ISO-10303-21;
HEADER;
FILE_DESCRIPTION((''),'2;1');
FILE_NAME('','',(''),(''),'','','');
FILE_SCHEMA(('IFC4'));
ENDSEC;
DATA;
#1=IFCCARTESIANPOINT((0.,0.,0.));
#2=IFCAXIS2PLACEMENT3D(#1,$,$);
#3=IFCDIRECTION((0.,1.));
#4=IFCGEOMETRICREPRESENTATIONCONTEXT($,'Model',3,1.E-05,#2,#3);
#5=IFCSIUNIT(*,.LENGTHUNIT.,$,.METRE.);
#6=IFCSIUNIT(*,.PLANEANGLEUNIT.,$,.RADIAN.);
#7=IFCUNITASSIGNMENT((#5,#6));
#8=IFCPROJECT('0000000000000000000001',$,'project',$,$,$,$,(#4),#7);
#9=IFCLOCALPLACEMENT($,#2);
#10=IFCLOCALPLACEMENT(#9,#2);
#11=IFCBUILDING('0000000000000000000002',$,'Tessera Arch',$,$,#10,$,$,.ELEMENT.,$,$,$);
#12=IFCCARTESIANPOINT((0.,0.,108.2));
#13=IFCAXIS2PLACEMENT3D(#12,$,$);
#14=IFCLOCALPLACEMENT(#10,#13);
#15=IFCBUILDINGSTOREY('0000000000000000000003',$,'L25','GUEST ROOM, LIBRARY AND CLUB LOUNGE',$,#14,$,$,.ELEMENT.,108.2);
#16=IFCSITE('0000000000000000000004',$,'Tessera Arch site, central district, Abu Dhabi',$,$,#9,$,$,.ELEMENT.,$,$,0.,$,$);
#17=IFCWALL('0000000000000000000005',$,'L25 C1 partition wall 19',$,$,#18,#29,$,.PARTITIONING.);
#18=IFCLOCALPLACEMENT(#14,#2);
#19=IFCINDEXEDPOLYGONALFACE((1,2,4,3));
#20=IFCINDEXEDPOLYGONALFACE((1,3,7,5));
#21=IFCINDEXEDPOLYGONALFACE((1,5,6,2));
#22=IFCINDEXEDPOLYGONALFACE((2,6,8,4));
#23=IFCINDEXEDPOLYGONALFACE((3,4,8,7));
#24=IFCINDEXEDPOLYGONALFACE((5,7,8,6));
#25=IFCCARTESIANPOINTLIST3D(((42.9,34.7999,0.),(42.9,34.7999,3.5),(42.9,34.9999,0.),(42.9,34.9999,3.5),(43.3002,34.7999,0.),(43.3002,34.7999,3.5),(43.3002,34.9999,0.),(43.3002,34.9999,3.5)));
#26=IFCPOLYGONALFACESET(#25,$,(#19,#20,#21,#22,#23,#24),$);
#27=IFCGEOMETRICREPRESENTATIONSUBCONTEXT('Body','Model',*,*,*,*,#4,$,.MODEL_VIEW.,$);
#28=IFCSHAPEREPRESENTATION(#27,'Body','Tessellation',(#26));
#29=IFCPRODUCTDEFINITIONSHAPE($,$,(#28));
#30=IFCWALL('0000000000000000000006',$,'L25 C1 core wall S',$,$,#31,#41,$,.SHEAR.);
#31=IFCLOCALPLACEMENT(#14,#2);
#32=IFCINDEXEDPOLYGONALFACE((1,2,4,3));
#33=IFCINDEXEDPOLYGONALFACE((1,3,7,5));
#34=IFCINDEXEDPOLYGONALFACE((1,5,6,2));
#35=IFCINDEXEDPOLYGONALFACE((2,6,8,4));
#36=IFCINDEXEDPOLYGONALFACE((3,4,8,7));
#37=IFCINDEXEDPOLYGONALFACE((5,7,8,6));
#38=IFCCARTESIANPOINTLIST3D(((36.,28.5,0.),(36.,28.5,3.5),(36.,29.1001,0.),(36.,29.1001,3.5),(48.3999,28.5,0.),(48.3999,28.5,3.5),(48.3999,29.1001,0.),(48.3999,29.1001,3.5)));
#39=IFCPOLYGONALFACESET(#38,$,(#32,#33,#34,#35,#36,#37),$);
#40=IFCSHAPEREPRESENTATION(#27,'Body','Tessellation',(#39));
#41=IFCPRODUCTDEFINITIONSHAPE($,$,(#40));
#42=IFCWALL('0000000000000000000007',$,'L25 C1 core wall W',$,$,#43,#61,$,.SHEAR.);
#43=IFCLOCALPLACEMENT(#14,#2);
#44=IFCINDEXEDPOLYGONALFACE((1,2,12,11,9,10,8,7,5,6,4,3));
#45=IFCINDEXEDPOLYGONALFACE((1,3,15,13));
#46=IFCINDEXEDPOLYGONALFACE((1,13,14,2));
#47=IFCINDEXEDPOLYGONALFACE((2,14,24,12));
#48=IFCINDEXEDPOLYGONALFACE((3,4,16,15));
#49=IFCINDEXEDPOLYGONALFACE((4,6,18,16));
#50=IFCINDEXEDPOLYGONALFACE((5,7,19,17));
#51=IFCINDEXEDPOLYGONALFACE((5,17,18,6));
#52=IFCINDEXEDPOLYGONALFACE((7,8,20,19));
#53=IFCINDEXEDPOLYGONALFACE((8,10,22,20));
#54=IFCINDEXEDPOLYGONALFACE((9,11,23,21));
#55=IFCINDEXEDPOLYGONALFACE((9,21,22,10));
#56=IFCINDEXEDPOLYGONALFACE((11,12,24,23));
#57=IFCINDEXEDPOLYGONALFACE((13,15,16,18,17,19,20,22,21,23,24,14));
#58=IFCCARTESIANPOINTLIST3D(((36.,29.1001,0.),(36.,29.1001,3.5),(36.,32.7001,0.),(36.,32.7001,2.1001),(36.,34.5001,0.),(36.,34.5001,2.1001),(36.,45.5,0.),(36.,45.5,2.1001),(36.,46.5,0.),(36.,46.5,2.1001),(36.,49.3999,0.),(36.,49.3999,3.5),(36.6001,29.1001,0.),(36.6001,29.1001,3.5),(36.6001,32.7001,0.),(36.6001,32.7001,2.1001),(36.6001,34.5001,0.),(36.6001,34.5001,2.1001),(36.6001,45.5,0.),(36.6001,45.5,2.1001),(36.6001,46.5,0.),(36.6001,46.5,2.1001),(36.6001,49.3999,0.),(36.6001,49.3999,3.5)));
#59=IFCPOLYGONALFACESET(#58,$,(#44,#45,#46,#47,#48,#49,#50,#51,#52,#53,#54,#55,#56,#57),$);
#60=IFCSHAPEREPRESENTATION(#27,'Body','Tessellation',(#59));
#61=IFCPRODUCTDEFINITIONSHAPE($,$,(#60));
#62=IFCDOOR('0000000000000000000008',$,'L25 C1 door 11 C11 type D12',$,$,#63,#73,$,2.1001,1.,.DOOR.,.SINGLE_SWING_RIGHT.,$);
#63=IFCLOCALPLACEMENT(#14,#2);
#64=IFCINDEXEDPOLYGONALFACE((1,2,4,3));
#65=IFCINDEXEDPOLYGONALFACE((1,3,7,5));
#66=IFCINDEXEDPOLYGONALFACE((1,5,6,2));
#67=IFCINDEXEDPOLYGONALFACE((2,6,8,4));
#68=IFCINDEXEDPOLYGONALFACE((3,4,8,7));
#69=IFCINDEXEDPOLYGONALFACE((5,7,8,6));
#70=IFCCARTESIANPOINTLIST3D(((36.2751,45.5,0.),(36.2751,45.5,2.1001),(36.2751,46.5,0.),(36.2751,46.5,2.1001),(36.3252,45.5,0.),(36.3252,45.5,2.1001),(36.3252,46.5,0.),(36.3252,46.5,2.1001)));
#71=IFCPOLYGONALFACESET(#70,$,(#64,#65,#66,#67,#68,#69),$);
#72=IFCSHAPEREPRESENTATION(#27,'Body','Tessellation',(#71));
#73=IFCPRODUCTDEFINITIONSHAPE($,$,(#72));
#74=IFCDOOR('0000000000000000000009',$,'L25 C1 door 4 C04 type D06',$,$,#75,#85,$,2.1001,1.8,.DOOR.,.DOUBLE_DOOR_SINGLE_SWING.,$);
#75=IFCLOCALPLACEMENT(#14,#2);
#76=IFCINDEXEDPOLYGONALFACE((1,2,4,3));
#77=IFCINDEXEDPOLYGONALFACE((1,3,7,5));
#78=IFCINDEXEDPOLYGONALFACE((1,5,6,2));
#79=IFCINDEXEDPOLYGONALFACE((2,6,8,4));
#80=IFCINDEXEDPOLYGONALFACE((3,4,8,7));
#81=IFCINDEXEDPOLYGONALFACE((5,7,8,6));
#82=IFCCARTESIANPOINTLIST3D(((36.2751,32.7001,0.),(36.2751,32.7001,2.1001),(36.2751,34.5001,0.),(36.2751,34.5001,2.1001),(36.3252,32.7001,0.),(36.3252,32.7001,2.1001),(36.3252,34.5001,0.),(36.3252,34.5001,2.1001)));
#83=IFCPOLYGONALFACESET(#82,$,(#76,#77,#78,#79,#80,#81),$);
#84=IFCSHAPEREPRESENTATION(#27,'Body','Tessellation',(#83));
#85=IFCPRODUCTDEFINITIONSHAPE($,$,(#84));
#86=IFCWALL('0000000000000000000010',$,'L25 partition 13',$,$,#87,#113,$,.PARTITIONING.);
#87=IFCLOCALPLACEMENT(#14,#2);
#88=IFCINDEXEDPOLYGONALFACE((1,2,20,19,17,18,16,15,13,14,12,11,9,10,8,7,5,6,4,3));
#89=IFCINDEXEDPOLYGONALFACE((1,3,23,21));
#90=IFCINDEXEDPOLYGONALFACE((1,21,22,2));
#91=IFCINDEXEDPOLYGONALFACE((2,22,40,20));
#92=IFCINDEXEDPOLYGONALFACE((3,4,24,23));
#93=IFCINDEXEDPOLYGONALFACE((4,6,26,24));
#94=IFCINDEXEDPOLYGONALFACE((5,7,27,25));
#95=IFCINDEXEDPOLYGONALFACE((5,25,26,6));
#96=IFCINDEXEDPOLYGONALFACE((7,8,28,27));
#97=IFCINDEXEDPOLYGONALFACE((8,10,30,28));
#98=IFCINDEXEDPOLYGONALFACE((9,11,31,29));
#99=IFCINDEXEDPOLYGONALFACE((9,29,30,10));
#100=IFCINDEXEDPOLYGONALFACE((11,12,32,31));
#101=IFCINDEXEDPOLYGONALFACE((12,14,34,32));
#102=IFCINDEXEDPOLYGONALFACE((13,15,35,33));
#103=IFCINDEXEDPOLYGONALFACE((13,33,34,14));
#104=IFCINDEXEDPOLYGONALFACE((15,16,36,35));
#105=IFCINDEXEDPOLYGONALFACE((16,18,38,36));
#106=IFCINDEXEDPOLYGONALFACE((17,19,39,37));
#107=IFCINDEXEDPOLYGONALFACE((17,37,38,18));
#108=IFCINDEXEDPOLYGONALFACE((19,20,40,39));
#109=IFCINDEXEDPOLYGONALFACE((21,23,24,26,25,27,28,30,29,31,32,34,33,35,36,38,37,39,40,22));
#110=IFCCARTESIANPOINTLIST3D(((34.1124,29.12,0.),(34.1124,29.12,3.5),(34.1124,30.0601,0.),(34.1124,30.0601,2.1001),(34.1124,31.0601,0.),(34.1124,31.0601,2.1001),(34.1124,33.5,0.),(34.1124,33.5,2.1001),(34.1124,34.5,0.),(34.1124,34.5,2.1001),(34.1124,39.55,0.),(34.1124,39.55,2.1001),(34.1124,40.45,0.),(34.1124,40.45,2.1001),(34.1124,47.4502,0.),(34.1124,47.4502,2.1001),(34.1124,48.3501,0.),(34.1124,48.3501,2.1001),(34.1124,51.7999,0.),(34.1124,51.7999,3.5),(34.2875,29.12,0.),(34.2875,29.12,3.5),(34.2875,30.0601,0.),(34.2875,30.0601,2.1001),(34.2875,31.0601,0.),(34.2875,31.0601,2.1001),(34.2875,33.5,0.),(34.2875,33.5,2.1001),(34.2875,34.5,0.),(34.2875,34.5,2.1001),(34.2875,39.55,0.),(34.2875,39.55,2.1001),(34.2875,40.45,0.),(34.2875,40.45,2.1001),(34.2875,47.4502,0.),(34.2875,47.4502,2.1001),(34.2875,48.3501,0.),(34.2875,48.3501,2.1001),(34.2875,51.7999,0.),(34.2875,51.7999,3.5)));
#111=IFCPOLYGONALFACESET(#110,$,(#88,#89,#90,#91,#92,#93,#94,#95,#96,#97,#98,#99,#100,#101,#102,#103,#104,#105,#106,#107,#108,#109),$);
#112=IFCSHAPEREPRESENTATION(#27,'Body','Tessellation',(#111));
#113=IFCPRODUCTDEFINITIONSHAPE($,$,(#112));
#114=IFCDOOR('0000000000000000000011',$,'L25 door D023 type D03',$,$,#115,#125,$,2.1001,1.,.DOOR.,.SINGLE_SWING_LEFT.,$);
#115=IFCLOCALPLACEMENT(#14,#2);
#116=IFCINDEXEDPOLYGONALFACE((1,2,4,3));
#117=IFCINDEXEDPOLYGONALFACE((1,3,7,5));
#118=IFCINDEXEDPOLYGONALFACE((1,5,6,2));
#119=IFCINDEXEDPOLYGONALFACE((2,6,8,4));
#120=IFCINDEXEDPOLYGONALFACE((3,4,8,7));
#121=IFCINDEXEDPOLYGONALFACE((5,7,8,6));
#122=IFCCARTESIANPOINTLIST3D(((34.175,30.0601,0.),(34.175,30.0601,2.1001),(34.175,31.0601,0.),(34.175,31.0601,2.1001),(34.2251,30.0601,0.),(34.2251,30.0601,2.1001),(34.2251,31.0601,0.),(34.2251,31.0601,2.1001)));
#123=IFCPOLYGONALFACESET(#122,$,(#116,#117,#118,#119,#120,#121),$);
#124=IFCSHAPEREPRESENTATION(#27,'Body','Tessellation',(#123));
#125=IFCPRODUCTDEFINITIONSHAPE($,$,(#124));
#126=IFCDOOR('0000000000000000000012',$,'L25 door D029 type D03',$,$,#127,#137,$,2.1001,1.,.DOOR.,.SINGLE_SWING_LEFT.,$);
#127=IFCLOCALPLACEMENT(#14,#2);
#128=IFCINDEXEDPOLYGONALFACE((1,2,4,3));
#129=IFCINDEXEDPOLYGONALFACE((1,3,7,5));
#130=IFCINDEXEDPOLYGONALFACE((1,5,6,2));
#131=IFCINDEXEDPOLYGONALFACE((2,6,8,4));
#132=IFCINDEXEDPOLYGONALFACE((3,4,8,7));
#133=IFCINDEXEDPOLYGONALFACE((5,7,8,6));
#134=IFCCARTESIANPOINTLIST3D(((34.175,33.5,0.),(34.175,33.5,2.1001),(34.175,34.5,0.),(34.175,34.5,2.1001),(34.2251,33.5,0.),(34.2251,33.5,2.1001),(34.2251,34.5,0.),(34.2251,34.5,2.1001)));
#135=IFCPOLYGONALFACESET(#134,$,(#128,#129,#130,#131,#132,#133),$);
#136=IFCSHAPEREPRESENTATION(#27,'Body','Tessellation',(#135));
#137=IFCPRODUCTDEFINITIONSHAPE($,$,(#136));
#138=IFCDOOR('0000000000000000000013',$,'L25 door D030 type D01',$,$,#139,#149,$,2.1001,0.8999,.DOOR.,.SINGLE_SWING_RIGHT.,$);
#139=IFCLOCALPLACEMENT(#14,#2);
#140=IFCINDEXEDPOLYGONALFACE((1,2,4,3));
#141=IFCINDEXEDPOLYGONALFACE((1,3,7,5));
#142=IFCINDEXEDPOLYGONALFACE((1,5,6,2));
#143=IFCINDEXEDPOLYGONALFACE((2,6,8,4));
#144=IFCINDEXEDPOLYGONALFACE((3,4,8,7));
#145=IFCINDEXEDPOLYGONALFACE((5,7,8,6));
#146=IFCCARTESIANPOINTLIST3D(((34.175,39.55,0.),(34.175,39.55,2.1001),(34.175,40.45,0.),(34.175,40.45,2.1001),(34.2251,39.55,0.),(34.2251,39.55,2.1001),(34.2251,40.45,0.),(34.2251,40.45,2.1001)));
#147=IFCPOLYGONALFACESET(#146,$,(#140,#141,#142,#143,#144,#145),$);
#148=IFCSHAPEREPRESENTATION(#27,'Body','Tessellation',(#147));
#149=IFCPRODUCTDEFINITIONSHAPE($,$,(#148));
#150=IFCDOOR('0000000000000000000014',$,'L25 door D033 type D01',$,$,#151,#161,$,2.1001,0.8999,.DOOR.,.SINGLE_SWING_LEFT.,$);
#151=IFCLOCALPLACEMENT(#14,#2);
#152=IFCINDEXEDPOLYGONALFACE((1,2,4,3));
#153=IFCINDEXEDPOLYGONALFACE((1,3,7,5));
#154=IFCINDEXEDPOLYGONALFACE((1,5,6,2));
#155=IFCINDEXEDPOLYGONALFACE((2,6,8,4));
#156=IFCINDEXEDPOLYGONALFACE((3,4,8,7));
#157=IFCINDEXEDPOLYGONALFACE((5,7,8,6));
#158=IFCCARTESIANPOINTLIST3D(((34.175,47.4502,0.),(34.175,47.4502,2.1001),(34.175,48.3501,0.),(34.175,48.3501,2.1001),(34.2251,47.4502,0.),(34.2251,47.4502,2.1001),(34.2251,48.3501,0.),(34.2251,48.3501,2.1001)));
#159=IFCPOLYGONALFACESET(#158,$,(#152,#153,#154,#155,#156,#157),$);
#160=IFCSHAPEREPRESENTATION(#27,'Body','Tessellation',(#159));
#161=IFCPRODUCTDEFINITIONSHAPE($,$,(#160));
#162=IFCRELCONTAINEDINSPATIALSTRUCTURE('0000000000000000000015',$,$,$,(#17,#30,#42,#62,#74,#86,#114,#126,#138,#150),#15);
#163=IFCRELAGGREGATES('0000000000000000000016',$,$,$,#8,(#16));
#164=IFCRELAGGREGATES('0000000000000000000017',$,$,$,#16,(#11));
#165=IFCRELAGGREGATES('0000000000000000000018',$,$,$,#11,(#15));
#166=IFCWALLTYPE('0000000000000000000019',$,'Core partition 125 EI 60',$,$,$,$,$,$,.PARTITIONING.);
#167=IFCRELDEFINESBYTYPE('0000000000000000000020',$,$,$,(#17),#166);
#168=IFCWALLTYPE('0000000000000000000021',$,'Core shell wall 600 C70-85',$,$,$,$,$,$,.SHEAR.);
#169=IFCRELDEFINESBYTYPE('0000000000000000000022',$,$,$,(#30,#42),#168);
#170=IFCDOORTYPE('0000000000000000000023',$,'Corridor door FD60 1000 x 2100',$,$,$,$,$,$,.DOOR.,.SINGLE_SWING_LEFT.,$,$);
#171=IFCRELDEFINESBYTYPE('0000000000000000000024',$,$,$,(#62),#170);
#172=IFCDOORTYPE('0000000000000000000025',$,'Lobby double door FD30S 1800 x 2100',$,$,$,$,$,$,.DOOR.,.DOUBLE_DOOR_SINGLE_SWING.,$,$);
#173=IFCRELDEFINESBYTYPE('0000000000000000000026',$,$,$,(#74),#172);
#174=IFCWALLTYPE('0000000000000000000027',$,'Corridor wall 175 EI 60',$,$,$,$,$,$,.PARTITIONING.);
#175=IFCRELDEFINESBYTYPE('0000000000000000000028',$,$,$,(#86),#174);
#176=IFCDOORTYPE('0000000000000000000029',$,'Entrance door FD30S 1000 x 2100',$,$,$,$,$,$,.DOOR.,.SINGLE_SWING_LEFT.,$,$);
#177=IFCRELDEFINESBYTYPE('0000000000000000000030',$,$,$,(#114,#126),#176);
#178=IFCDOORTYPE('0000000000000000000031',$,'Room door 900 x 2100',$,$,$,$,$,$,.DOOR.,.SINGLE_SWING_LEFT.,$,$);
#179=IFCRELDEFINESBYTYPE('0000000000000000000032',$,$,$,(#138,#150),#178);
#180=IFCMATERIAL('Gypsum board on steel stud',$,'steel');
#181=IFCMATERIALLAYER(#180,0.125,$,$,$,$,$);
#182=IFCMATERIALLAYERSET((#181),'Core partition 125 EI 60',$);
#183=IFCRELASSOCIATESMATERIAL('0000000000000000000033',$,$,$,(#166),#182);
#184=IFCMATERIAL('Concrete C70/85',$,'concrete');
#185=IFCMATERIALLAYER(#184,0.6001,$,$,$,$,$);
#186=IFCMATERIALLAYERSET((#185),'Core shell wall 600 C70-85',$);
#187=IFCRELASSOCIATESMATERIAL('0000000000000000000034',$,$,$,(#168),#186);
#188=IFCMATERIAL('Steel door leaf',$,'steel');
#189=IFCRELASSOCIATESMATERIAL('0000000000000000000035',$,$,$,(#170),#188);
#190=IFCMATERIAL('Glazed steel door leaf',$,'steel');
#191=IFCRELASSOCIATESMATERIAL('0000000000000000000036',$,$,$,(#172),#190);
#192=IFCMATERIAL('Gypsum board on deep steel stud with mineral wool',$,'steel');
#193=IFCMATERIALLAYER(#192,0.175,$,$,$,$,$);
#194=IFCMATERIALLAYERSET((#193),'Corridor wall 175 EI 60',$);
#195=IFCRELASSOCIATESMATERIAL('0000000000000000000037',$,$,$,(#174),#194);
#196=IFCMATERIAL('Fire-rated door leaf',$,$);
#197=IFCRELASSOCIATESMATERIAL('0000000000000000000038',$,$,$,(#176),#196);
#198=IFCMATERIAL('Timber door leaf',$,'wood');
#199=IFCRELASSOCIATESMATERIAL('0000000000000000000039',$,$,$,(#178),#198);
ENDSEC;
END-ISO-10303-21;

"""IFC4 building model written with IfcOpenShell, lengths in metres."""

from ifc_helpers import new_model, si_unit, direction, frame, frame_2d, origin, place, context, subcontext, project, spatial, rectangle, extrude, material, layer, layer_set, type_object, element, fill, save


model = new_model("IFC4")

# Units and contexts
model_context = context("Model", 3, precision=1e-05, world=origin(), true_north=direction((0.0, 1.0)))
body_context = subcontext(model_context, "Body", "Model", "MODEL_VIEW")
ifc_project = project(units=[si_unit("LENGTHUNIT", "METRE"), si_unit("PLANEANGLEUNIT", "RADIAN")], contexts=[model_context])

# Site, building, storey
site_placement = place(None, origin())
site = spatial("IfcSite", under=ifc_project, at=site_placement, Name="Tessera Arch site, central district, Abu Dhabi", CompositionType="ELEMENT", RefElevation=0.0)
building_placement = place(site_placement, origin())
building = spatial("IfcBuilding", under=site, at=building_placement, Name="Tessera Arch", CompositionType="ELEMENT")
storey_placement = place(building_placement, frame((0.0, 0.0, 108.2)))
storey = spatial("IfcBuildingStorey", under=building, at=storey_placement, Name="L25", Description="GUEST ROOM, LIBRARY AND CLUB LOUNGE", CompositionType="ELEMENT", Elevation=108.2)

# Walls
ifc_material_1 = material(Name="Gypsum board on steel stud", Category="steel")
ifc_layer_1 = layer(ifc_material_1, 0.125)
ifc_layer_set_1 = layer_set([ifc_layer_1], Name="Core partition 125 EI 60")
wall_type_1 = type_object("IfcWallType", Name="Core partition 125 EI 60", PredefinedType="PARTITIONING", material=ifc_layer_set_1)
wall_1_placement = place(storey_placement, frame((42.8999, 34.8999, 0.0), z_axis=(0.0, 0.0, 1.0), x_axis=(1.0, 0.0, 0.0)))
element("IfcWall", 1, at=wall_1_placement, inside=storey, type_object=wall_type_1, Name="L25 C1 partition wall 19", PredefinedType="PARTITIONING", context=body_context, shape_type="SweptSolid", body=[
    extrude(rectangle(XDim=0.4001, YDim=0.2, at=frame_2d((0.2002, 0.0))), origin(), (0.0, 0.0, 1.0), 3.5),
])
ifc_material_2 = material(Name="Concrete C70/85", Category="concrete")
ifc_layer_2 = layer(ifc_material_2, 0.6001)
ifc_layer_set_2 = layer_set([ifc_layer_2], Name="Core shell wall 600 C70-85")
wall_type_2 = type_object("IfcWallType", Name="Core shell wall 600 C70-85", PredefinedType="SHEAR", material=ifc_layer_set_2)
wall_2_placement = place(storey_placement, frame((36.0, 28.8, 0.0), z_axis=(0.0, 0.0, 1.0), x_axis=(1.0, 0.0, 0.0)))
element("IfcWall", 2, at=wall_2_placement, inside=storey, type_object=wall_type_2, Name="L25 C1 core wall S", PredefinedType="SHEAR", context=body_context, shape_type="SweptSolid", body=[
    extrude(rectangle(XDim=12.3999, YDim=0.6001, at=frame_2d((6.2, 0.0))), origin(), (0.0, 0.0, 1.0), 3.5),
])

# Walls, openings, doors
wall_3_placement = place(storey_placement, frame((36.3, 29.1001, 0.0), z_axis=(0.0, 0.0, 1.0), x_axis=(0.0, 1.0, 0.0)))
wall_3 = element("IfcWall", 3, at=wall_3_placement, inside=storey, type_object=wall_type_2, Name="L25 C1 core wall W", PredefinedType="SHEAR", context=body_context, shape_type="SweptSolid", body=[
    extrude(rectangle(XDim=20.2998, YDim=0.6001, at=frame_2d((10.1499, 0.0))), origin(), (0.0, 0.0, 1.0), 3.5),
])
opening_1_placement = place(wall_3_placement, frame((3.6001, 0.0, 0.0)))
opening_1 = element("IfcOpeningElement", 4, at=opening_1_placement, cuts=wall_3, PredefinedType="OPENING", context=body_context, shape_type="SweptSolid", body=[
    extrude(rectangle(XDim=1.8, YDim=2.1001, at=frame_2d((0.8999, 1.05))), frame((0.0, 0.3101, 0.0), z_axis=(0.0, -1.0, 0.0), x_axis=(1.0, 0.0, 0.0)), (0.0, 0.0, 1.0), 0.6201),
])
opening_2_placement = place(wall_3_placement, frame((16.3999, 0.0, 0.0)))
opening_2 = element("IfcOpeningElement", 5, at=opening_2_placement, cuts=wall_3, PredefinedType="OPENING", context=body_context, shape_type="SweptSolid", body=[
    extrude(rectangle(XDim=1.0, YDim=2.1001, at=frame_2d((0.5, 1.05))), frame((0.0, 0.3101, 0.0), z_axis=(0.0, -1.0, 0.0), x_axis=(1.0, 0.0, 0.0)), (0.0, 0.0, 1.0), 0.6201),
])
ifc_material_3 = material(Name="Steel door leaf", Category="steel")
door_type_1 = type_object("IfcDoorType", Name="Corridor door FD60 1000 x 2100", OperationType="SINGLE_SWING_LEFT", PredefinedType="DOOR", material=ifc_material_3)
door_1_placement = place(opening_2_placement, origin())
door_1 = element("IfcDoor", 6, at=door_1_placement, inside=storey, type_object=door_type_1, Name="L25 C1 door 11 C11 type D12", OperationType="SINGLE_SWING_RIGHT", OverallHeight=2.1001, OverallWidth=1.0, PredefinedType="DOOR", context=body_context, shape_type="SweptSolid", body=[
    extrude(rectangle(XDim=1.0, YDim=2.1001, at=frame_2d((0.5, 1.05))), frame((0.0, 0.0249, 0.0), z_axis=(0.0, -1.0, 0.0), x_axis=(1.0, 0.0, 0.0)), (0.0, 0.0, 1.0), 0.05),
])
fill(opening_2, door_1)
ifc_material_4 = material(Name="Glazed steel door leaf", Category="steel")
door_type_2 = type_object("IfcDoorType", Name="Lobby double door FD30S 1800 x 2100", OperationType="DOUBLE_DOOR_SINGLE_SWING", PredefinedType="DOOR", material=ifc_material_4)
door_2_placement = place(opening_1_placement, origin())
door_2 = element("IfcDoor", 7, at=door_2_placement, inside=storey, type_object=door_type_2, Name="L25 C1 door 4 C04 type D06", OperationType="DOUBLE_DOOR_SINGLE_SWING", OverallHeight=2.1001, OverallWidth=1.8, PredefinedType="DOOR", context=body_context, shape_type="SweptSolid", body=[
    extrude(rectangle(XDim=1.8, YDim=2.1001, at=frame_2d((0.8999, 1.05))), frame((0.0, 0.0249, 0.0), z_axis=(0.0, -1.0, 0.0), x_axis=(1.0, 0.0, 0.0)), (0.0, 0.0, 1.0), 0.05),
])
fill(opening_1, door_2)
ifc_material_5 = material(Name="Gypsum board on deep steel stud with mineral wool", Category="steel")
ifc_layer_3 = layer(ifc_material_5, 0.175)
ifc_layer_set_3 = layer_set([ifc_layer_3], Name="Corridor wall 175 EI 60")
wall_type_3 = type_object("IfcWallType", Name="Corridor wall 175 EI 60", PredefinedType="PARTITIONING", material=ifc_layer_set_3)
wall_4_placement = place(storey_placement, frame((34.2, 29.1201, 0.0), z_axis=(0.0, 0.0, 1.0), x_axis=(0.0, 1.0, 0.0)))
wall_4 = element("IfcWall", 8, at=wall_4_placement, inside=storey, type_object=wall_type_3, Name="L25 partition 13", PredefinedType="PARTITIONING", context=body_context, shape_type="SweptSolid", body=[
    extrude(rectangle(XDim=22.6799, YDim=0.175, at=frame_2d((11.3398, 0.0))), origin(), (0.0, 0.0, 1.0), 3.5),
])
opening_3_placement = place(wall_4_placement, frame((0.9399, 0.0, 0.0)))
opening_3 = element("IfcOpeningElement", 9, at=opening_3_placement, cuts=wall_4, PredefinedType="OPENING", context=body_context, shape_type="SweptSolid", body=[
    extrude(rectangle(XDim=1.0, YDim=2.1001, at=frame_2d((0.5, 1.05))), frame((0.0, 0.0974, 0.0), z_axis=(0.0, -1.0, 0.0), x_axis=(1.0, 0.0, 0.0)), (0.0, 0.0, 1.0), 0.1951),
])
opening_4_placement = place(wall_4_placement, frame((4.3799, 0.0, 0.0)))
opening_4 = element("IfcOpeningElement", 10, at=opening_4_placement, cuts=wall_4, PredefinedType="OPENING", context=body_context, shape_type="SweptSolid", body=[
    extrude(rectangle(XDim=1.0, YDim=2.1001, at=frame_2d((0.5, 1.05))), frame((0.0, 0.0974, 0.0), z_axis=(0.0, -1.0, 0.0), x_axis=(1.0, 0.0, 0.0)), (0.0, 0.0, 1.0), 0.1951),
])
opening_5_placement = place(wall_4_placement, frame((10.4299, 0.0, 0.0)))
opening_5 = element("IfcOpeningElement", 11, at=opening_5_placement, cuts=wall_4, PredefinedType="OPENING", context=body_context, shape_type="SweptSolid", body=[
    extrude(rectangle(XDim=0.8999, YDim=2.1001, at=frame_2d((0.45, 1.05))), frame((0.0, 0.0974, 0.0), z_axis=(0.0, -1.0, 0.0), x_axis=(1.0, 0.0, 0.0)), (0.0, 0.0, 1.0), 0.1951),
])
opening_6_placement = place(wall_4_placement, frame((18.3301, 0.0, 0.0)))
opening_6 = element("IfcOpeningElement", 12, at=opening_6_placement, cuts=wall_4, PredefinedType="OPENING", context=body_context, shape_type="SweptSolid", body=[
    extrude(rectangle(XDim=0.8999, YDim=2.1001, at=frame_2d((0.45, 1.05))), frame((0.0, 0.0974, 0.0), z_axis=(0.0, -1.0, 0.0), x_axis=(1.0, 0.0, 0.0)), (0.0, 0.0, 1.0), 0.1951),
])
ifc_material_6 = material(Name="Fire-rated door leaf")
door_type_3 = type_object("IfcDoorType", Name="Entrance door FD30S 1000 x 2100", OperationType="SINGLE_SWING_LEFT", PredefinedType="DOOR", material=ifc_material_6)
door_3_placement = place(opening_3_placement, origin())
door_3 = element("IfcDoor", 13, at=door_3_placement, inside=storey, type_object=door_type_3, Name="L25 door D023 type D03", OperationType="SINGLE_SWING_LEFT", OverallHeight=2.1001, OverallWidth=1.0, PredefinedType="DOOR", context=body_context, shape_type="SweptSolid", body=[
    extrude(rectangle(XDim=1.0, YDim=2.1001, at=frame_2d((0.5, 1.05))), frame((0.0, 0.0249, 0.0), z_axis=(0.0, -1.0, 0.0), x_axis=(1.0, 0.0, 0.0)), (0.0, 0.0, 1.0), 0.05),
])
fill(opening_3, door_3)
door_4_placement = place(opening_4_placement, origin())
door_4 = element("IfcDoor", 14, at=door_4_placement, inside=storey, type_object=door_type_3, Name="L25 door D029 type D03", OperationType="SINGLE_SWING_LEFT", OverallHeight=2.1001, OverallWidth=1.0, PredefinedType="DOOR", context=body_context, shape_type="SweptSolid", body=[
    extrude(rectangle(XDim=1.0, YDim=2.1001, at=frame_2d((0.5, 1.05))), frame((0.0, 0.0249, 0.0), z_axis=(0.0, -1.0, 0.0), x_axis=(1.0, 0.0, 0.0)), (0.0, 0.0, 1.0), 0.05),
])
fill(opening_4, door_4)
ifc_material_7 = material(Name="Timber door leaf", Category="wood")
door_type_4 = type_object("IfcDoorType", Name="Room door 900 x 2100", OperationType="SINGLE_SWING_LEFT", PredefinedType="DOOR", material=ifc_material_7)
door_5_placement = place(opening_5_placement, origin())
door_5 = element("IfcDoor", 15, at=door_5_placement, inside=storey, type_object=door_type_4, Name="L25 door D030 type D01", OperationType="SINGLE_SWING_RIGHT", OverallHeight=2.1001, OverallWidth=0.8999, PredefinedType="DOOR", context=body_context, shape_type="SweptSolid", body=[
    extrude(rectangle(XDim=0.8999, YDim=2.1001, at=frame_2d((0.45, 1.05))), frame((0.0, 0.0249, 0.0), z_axis=(0.0, -1.0, 0.0), x_axis=(1.0, 0.0, 0.0)), (0.0, 0.0, 1.0), 0.05),
])
fill(opening_5, door_5)
door_6_placement = place(opening_6_placement, origin())
door_6 = element("IfcDoor", 16, at=door_6_placement, inside=storey, type_object=door_type_4, Name="L25 door D033 type D01", OperationType="SINGLE_SWING_LEFT", OverallHeight=2.1001, OverallWidth=0.8999, PredefinedType="DOOR", context=body_context, shape_type="SweptSolid", body=[
    extrude(rectangle(XDim=0.8999, YDim=2.1001, at=frame_2d((0.45, 1.05))), frame((0.0, 0.0249, 0.0), z_axis=(0.0, -1.0, 0.0), x_axis=(1.0, 0.0, 0.0)), (0.0, 0.0, 1.0), 0.05),
])
fill(opening_6, door_6)

save(model, "model.ifc")
